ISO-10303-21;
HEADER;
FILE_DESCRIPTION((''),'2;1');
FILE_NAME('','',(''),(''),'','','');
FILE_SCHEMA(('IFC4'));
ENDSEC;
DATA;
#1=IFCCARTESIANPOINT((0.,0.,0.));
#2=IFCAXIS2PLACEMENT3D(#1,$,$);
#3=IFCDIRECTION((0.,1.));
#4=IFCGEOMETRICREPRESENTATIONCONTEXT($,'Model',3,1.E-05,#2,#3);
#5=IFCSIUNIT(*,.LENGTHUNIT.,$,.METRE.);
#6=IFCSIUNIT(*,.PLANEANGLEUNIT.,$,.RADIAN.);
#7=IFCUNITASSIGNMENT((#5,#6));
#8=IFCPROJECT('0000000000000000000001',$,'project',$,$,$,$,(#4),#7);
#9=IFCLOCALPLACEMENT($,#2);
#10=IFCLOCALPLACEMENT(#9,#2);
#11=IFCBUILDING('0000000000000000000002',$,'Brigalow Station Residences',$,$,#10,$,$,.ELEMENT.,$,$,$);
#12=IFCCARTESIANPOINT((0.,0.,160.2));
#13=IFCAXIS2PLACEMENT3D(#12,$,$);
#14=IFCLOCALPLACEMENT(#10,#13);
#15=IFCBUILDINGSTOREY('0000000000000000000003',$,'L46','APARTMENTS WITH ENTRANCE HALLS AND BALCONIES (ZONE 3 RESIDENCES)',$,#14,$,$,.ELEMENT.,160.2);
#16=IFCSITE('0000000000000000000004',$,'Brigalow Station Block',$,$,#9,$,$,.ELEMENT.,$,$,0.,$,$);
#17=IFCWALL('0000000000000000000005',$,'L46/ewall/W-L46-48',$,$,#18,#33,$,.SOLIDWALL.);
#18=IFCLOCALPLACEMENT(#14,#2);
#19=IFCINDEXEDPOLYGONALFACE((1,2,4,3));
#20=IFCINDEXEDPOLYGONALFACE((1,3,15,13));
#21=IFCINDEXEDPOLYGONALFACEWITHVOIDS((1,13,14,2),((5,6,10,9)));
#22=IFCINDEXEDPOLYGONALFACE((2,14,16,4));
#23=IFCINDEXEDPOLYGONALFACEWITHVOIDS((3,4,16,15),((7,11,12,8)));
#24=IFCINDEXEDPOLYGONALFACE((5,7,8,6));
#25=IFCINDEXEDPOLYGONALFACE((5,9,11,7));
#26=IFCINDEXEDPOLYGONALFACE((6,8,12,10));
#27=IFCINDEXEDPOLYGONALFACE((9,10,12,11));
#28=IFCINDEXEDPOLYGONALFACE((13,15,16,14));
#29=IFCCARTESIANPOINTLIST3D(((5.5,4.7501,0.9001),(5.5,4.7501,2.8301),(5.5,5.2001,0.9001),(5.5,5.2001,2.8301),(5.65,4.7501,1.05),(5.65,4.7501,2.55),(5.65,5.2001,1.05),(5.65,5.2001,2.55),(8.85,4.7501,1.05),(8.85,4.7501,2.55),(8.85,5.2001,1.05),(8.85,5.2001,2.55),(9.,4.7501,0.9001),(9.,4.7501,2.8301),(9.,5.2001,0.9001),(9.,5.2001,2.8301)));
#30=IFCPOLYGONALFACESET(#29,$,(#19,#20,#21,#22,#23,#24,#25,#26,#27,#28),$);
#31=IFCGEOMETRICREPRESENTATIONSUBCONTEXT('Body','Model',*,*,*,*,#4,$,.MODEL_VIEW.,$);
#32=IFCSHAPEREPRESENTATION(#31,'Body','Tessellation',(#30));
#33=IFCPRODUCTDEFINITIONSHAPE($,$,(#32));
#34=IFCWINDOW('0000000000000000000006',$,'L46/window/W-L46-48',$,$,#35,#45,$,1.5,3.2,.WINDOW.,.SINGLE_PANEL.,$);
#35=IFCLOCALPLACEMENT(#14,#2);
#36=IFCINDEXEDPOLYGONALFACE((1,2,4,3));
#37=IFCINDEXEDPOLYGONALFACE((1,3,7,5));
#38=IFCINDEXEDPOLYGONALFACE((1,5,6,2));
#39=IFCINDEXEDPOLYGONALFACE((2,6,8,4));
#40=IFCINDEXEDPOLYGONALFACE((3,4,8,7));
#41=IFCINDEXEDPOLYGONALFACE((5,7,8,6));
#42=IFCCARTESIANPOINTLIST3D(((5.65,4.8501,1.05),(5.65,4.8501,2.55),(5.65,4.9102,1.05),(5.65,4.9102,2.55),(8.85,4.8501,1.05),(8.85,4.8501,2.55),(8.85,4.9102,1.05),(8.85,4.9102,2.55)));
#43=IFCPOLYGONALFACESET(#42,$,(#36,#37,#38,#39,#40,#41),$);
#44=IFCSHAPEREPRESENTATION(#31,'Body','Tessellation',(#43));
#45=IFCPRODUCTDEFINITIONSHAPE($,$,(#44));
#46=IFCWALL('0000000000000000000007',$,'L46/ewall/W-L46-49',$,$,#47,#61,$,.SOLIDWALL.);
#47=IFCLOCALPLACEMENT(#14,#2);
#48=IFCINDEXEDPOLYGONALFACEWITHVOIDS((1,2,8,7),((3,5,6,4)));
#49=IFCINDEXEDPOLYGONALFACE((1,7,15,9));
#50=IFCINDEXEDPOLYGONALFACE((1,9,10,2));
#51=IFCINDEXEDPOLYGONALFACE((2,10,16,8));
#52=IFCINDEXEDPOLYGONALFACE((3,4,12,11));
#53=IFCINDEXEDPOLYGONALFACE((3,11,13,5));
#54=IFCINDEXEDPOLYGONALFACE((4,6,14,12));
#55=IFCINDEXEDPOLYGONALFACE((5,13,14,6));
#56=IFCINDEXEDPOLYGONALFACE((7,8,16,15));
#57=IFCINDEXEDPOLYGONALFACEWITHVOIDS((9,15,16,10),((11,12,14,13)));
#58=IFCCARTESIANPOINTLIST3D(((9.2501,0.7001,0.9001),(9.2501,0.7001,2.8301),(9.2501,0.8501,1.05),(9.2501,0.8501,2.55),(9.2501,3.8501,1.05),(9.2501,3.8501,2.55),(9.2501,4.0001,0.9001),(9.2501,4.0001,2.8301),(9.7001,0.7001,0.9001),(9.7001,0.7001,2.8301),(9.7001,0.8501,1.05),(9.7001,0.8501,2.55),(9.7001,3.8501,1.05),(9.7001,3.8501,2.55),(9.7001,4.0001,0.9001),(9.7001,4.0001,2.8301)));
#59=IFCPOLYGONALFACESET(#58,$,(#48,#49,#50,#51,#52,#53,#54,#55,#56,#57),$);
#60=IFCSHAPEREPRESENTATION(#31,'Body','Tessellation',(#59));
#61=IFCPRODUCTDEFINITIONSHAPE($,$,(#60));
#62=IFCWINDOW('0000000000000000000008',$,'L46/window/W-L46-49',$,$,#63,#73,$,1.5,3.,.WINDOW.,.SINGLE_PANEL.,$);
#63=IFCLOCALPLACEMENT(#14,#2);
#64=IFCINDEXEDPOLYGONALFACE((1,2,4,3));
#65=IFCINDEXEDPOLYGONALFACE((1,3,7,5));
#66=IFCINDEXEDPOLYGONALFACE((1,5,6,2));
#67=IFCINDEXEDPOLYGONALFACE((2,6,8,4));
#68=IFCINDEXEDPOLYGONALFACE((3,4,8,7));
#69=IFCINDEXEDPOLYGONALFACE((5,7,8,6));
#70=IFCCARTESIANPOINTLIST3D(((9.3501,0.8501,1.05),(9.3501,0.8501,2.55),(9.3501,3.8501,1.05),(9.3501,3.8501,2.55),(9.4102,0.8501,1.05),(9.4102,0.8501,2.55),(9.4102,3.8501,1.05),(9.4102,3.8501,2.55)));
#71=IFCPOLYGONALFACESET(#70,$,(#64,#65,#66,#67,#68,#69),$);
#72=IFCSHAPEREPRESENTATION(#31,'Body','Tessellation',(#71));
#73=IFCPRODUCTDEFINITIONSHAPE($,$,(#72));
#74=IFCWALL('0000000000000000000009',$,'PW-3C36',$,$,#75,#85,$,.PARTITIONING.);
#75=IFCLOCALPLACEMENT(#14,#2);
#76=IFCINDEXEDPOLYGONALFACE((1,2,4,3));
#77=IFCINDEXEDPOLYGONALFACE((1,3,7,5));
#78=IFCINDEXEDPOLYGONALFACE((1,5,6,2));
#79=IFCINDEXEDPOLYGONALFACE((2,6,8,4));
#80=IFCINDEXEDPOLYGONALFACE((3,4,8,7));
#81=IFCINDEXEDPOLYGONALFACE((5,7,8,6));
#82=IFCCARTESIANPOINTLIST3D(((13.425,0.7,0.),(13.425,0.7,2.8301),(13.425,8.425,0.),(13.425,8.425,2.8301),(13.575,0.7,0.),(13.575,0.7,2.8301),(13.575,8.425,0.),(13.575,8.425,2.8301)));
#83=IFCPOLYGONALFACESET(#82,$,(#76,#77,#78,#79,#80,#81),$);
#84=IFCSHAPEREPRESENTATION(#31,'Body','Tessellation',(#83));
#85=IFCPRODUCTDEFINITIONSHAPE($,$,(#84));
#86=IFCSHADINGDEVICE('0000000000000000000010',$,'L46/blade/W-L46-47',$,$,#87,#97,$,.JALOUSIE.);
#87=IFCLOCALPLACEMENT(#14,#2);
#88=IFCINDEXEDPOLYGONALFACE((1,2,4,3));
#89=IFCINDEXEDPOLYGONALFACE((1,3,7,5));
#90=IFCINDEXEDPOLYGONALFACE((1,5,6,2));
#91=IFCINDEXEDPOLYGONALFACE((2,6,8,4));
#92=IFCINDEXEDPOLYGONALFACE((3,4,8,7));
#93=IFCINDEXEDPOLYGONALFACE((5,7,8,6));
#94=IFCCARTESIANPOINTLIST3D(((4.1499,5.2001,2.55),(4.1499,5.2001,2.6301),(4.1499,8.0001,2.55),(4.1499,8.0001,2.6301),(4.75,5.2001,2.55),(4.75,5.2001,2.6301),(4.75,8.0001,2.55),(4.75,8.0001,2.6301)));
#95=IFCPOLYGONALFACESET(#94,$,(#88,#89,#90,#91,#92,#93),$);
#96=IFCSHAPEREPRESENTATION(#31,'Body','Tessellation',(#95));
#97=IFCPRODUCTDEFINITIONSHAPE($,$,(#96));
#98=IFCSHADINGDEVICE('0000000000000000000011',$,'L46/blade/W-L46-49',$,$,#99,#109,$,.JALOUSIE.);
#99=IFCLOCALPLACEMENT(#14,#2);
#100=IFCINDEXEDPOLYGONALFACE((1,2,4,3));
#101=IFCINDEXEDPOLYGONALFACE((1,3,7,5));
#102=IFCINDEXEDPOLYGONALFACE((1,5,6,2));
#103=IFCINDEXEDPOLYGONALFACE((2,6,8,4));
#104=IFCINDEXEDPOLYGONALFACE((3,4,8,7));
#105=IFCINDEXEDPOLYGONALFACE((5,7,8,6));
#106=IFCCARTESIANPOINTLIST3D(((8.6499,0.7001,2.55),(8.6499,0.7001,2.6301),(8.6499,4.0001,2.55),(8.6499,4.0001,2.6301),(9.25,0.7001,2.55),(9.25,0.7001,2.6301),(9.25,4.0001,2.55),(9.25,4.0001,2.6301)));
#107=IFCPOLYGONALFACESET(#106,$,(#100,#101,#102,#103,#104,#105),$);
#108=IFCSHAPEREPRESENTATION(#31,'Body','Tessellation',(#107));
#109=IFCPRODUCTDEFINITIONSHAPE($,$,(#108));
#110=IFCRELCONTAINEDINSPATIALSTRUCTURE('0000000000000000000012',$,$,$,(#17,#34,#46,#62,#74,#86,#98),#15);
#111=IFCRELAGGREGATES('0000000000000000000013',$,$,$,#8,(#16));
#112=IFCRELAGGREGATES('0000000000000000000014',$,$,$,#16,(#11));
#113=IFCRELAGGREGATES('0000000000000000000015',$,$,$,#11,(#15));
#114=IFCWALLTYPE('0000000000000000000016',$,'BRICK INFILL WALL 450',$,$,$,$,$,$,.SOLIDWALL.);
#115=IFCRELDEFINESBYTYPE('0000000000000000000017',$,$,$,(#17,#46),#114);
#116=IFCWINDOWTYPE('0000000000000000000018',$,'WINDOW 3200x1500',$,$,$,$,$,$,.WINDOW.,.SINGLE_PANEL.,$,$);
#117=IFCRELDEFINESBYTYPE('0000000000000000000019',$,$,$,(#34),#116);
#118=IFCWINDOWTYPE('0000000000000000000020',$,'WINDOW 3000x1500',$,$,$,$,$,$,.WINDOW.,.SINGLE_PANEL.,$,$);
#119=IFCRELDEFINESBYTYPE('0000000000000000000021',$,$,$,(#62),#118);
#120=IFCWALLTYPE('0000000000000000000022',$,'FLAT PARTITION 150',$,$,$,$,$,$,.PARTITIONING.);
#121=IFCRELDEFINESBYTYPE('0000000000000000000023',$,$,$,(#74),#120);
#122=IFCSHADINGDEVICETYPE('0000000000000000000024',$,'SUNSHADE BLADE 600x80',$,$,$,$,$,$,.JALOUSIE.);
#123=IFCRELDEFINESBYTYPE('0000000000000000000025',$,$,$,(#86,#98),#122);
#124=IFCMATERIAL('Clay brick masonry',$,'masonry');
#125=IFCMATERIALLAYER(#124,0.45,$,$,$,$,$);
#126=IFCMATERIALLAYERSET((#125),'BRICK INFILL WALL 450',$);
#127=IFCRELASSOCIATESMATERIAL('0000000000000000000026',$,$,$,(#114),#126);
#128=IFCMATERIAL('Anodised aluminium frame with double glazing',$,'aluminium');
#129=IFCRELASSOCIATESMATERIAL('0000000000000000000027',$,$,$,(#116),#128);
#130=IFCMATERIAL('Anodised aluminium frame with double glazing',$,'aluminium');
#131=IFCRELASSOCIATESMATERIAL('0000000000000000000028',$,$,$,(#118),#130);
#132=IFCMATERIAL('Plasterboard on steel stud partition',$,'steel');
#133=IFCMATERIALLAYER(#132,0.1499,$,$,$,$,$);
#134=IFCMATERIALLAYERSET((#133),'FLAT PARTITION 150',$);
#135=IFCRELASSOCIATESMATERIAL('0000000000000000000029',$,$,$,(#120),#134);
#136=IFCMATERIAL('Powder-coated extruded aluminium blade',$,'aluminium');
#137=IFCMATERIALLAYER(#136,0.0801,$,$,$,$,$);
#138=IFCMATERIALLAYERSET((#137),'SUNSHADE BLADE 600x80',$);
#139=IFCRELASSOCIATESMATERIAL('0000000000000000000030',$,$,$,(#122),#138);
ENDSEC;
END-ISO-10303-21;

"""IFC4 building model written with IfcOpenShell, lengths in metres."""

from ifc_helpers import new_model, si_unit, direction, frame, frame_2d, origin, origin_2d, place, context, subcontext, project, spatial, rectangle, extrude, material, layer, layer_set, type_object, element, fill, save


model = new_model("IFC4")

# Units and contexts
model_context = context("Model", 3, precision=1e-05, world=origin(), true_north=direction((0.0, 1.0)))
body_context = subcontext(model_context, "Body", "Model", "MODEL_VIEW")
ifc_project = project(units=[si_unit("LENGTHUNIT", "METRE"), si_unit("PLANEANGLEUNIT", "RADIAN")], contexts=[model_context])

# Site, building, storey
site_placement = place(None, origin())
site = spatial("IfcSite", under=ifc_project, at=site_placement, Name="Brigalow Station Block", CompositionType="ELEMENT", RefElevation=0.0)
building_placement = place(site_placement, origin())
building = spatial("IfcBuilding", under=site, at=building_placement, Name="Brigalow Station Residences", CompositionType="ELEMENT")
storey_placement = place(building_placement, frame((0.0, 0.0, 160.2)))
storey = spatial("IfcBuildingStorey", under=building, at=storey_placement, Name="L46", Description="APARTMENTS WITH ENTRANCE HALLS AND BALCONIES (ZONE 3 RESIDENCES)", CompositionType="ELEMENT", Elevation=160.2)

# Walls, openings, windows
ifc_material_1 = material(Name="Clay brick masonry", Category="masonry")
ifc_layer_1 = layer(ifc_material_1, 0.45)
ifc_layer_set_1 = layer_set([ifc_layer_1], Name="BRICK INFILL WALL 450")
wall_type_1 = type_object("IfcWallType", Name="BRICK INFILL WALL 450", PredefinedType="SOLIDWALL", material=ifc_layer_set_1)
wall_1_placement = place(storey_placement, frame((5.5, 4.9751, 0.9001), z_axis=(0.0, 0.0, 1.0), x_axis=(1.0, 0.0, 0.0)))
wall_1 = element("IfcWall", 1, at=wall_1_placement, inside=storey, type_object=wall_type_1, Name="L46/ewall/W-L46-48", PredefinedType="SOLIDWALL", context=body_context, shape_type="SweptSolid", body=[
    extrude(rectangle(XDim=3.5, YDim=0.45, at=frame_2d((1.75, 0.0))), origin(), (0.0, 0.0, 1.0), 1.9299),
])
opening_1_placement = place(wall_1_placement, frame((0.1499, 0.0, 0.1499)))
opening_1 = element("IfcOpeningElement", 2, at=opening_1_placement, cuts=wall_1, PredefinedType="OPENING", context=body_context, shape_type="SweptSolid", body=[
    extrude(rectangle(XDim=3.2, YDim=1.5, at=frame_2d((1.6001, 0.75))), frame((0.0, 0.2349, 0.0), z_axis=(0.0, -1.0, 0.0), x_axis=(1.0, 0.0, 0.0)), (0.0, 0.0, 1.0), 0.47),
])
ifc_material_2 = material(Name="Anodised aluminium frame with double glazing", Category="aluminium")
window_type_1 = type_object("IfcWindowType", Name="WINDOW 3200x1500", PartitioningType="SINGLE_PANEL", PredefinedType="WINDOW", material=ifc_material_2)
window_1_placement = place(opening_1_placement, origin())
window_1 = element("IfcWindow", 3, at=window_1_placement, inside=storey, type_object=window_type_1, Name="L46/window/W-L46-48", OverallHeight=1.5, OverallWidth=3.2, PartitioningType="SINGLE_PANEL", PredefinedType="WINDOW", context=body_context, shape_type="SweptSolid", body=[
    extrude(rectangle(XDim=3.2, YDim=1.5, at=frame_2d((1.6001, 0.75))), frame((0.0, -0.0649, 0.0), z_axis=(0.0, -1.0, 0.0), x_axis=(1.0, 0.0, 0.0)), (0.0, 0.0, 1.0), 0.0601),
])
fill(opening_1, window_1)
wall_2_placement = place(storey_placement, frame((9.4751, 4.0, 0.9001), z_axis=(0.0, 0.0, 1.0), x_axis=(0.0, -1.0, 0.0)))
wall_2 = element("IfcWall", 4, at=wall_2_placement, inside=storey, type_object=wall_type_1, Name="L46/ewall/W-L46-49", PredefinedType="SOLIDWALL", context=body_context, shape_type="SweptSolid", body=[
    extrude(rectangle(XDim=3.3, YDim=0.45, at=frame_2d((1.6499, 0.0))), origin(), (0.0, 0.0, 1.0), 1.9299),
])
opening_2_placement = place(wall_2_placement, frame((0.1499, 0.0, 0.1499)))
opening_2 = element("IfcOpeningElement", 5, at=opening_2_placement, cuts=wall_2, PredefinedType="OPENING", context=body_context, shape_type="SweptSolid", body=[
    extrude(rectangle(XDim=3.0, YDim=1.5, at=frame_2d((1.5, 0.75))), frame((0.0, 0.2349, 0.0), z_axis=(0.0, -1.0, 0.0), x_axis=(1.0, 0.0, 0.0)), (0.0, 0.0, 1.0), 0.47),
])
ifc_material_3 = material(Name="Anodised aluminium frame with double glazing", Category="aluminium")
window_type_2 = type_object("IfcWindowType", Name="WINDOW 3000x1500", PartitioningType="SINGLE_PANEL", PredefinedType="WINDOW", material=ifc_material_3)
window_2_placement = place(opening_2_placement, origin())
window_2 = element("IfcWindow", 6, at=window_2_placement, inside=storey, type_object=window_type_2, Name="L46/window/W-L46-49", OverallHeight=1.5, OverallWidth=3.0, PartitioningType="SINGLE_PANEL", PredefinedType="WINDOW", context=body_context, shape_type="SweptSolid", body=[
    extrude(rectangle(XDim=3.0, YDim=1.5, at=frame_2d((1.5, 0.75))), frame((0.0, -0.0649, 0.0), z_axis=(0.0, -1.0, 0.0), x_axis=(1.0, 0.0, 0.0)), (0.0, 0.0, 1.0), 0.0601),
])
fill(opening_2, window_2)

# Wall
ifc_material_4 = material(Name="Plasterboard on steel stud partition", Category="steel")
ifc_layer_2 = layer(ifc_material_4, 0.1499)
ifc_layer_set_2 = layer_set([ifc_layer_2], Name="FLAT PARTITION 150")
wall_type_2 = type_object("IfcWallType", Name="FLAT PARTITION 150", PredefinedType="PARTITIONING", material=ifc_layer_set_2)
wall_3_placement = place(storey_placement, frame((13.5, 0.7, 0.0), z_axis=(0.0, 0.0, 1.0), x_axis=(0.0, 1.0, 0.0)))
element("IfcWall", 7, at=wall_3_placement, inside=storey, type_object=wall_type_2, Name="PW-3C36", PredefinedType="PARTITIONING", context=body_context, shape_type="SweptSolid", body=[
    extrude(rectangle(XDim=7.7251, YDim=0.1499, at=frame_2d((3.8625, 0.0))), origin(), (0.0, 0.0, 1.0), 2.8301),
])

# Shading devices
ifc_material_5 = material(Name="Powder-coated extruded aluminium blade", Category="aluminium")
ifc_layer_3 = layer(ifc_material_5, 0.0801)
ifc_layer_set_3 = layer_set([ifc_layer_3], Name="SUNSHADE BLADE 600x80")
shading_device_type = type_object("IfcShadingDeviceType", Name="SUNSHADE BLADE 600x80", PredefinedType="JALOUSIE", material=ifc_layer_set_3)
shading_device_1_placement = place(storey_placement, frame((4.45, 6.6001, 2.55), z_axis=(0.0, 0.0, 1.0), x_axis=(0.0, -1.0, 0.0)))
element("IfcShadingDevice", 8, at=shading_device_1_placement, inside=storey, type_object=shading_device_type, Name="L46/blade/W-L46-47", PredefinedType="JALOUSIE", context=body_context, shape_type="SweptSolid", body=[
    extrude(rectangle(XDim=2.8, YDim=0.6001, at=origin_2d()), origin(), (0.0, 0.0, 1.0), 0.0801),
])
shading_device_2_placement = place(storey_placement, frame((8.95, 2.3501, 2.55), z_axis=(0.0, 0.0, 1.0), x_axis=(0.0, -1.0, 0.0)))
element("IfcShadingDevice", 9, at=shading_device_2_placement, inside=storey, type_object=shading_device_type, Name="L46/blade/W-L46-49", PredefinedType="JALOUSIE", context=body_context, shape_type="SweptSolid", body=[
    extrude(rectangle(XDim=3.3, YDim=0.6001, at=origin_2d()), origin(), (0.0, 0.0, 1.0), 0.0801),
])

save(model, "model.ifc")
